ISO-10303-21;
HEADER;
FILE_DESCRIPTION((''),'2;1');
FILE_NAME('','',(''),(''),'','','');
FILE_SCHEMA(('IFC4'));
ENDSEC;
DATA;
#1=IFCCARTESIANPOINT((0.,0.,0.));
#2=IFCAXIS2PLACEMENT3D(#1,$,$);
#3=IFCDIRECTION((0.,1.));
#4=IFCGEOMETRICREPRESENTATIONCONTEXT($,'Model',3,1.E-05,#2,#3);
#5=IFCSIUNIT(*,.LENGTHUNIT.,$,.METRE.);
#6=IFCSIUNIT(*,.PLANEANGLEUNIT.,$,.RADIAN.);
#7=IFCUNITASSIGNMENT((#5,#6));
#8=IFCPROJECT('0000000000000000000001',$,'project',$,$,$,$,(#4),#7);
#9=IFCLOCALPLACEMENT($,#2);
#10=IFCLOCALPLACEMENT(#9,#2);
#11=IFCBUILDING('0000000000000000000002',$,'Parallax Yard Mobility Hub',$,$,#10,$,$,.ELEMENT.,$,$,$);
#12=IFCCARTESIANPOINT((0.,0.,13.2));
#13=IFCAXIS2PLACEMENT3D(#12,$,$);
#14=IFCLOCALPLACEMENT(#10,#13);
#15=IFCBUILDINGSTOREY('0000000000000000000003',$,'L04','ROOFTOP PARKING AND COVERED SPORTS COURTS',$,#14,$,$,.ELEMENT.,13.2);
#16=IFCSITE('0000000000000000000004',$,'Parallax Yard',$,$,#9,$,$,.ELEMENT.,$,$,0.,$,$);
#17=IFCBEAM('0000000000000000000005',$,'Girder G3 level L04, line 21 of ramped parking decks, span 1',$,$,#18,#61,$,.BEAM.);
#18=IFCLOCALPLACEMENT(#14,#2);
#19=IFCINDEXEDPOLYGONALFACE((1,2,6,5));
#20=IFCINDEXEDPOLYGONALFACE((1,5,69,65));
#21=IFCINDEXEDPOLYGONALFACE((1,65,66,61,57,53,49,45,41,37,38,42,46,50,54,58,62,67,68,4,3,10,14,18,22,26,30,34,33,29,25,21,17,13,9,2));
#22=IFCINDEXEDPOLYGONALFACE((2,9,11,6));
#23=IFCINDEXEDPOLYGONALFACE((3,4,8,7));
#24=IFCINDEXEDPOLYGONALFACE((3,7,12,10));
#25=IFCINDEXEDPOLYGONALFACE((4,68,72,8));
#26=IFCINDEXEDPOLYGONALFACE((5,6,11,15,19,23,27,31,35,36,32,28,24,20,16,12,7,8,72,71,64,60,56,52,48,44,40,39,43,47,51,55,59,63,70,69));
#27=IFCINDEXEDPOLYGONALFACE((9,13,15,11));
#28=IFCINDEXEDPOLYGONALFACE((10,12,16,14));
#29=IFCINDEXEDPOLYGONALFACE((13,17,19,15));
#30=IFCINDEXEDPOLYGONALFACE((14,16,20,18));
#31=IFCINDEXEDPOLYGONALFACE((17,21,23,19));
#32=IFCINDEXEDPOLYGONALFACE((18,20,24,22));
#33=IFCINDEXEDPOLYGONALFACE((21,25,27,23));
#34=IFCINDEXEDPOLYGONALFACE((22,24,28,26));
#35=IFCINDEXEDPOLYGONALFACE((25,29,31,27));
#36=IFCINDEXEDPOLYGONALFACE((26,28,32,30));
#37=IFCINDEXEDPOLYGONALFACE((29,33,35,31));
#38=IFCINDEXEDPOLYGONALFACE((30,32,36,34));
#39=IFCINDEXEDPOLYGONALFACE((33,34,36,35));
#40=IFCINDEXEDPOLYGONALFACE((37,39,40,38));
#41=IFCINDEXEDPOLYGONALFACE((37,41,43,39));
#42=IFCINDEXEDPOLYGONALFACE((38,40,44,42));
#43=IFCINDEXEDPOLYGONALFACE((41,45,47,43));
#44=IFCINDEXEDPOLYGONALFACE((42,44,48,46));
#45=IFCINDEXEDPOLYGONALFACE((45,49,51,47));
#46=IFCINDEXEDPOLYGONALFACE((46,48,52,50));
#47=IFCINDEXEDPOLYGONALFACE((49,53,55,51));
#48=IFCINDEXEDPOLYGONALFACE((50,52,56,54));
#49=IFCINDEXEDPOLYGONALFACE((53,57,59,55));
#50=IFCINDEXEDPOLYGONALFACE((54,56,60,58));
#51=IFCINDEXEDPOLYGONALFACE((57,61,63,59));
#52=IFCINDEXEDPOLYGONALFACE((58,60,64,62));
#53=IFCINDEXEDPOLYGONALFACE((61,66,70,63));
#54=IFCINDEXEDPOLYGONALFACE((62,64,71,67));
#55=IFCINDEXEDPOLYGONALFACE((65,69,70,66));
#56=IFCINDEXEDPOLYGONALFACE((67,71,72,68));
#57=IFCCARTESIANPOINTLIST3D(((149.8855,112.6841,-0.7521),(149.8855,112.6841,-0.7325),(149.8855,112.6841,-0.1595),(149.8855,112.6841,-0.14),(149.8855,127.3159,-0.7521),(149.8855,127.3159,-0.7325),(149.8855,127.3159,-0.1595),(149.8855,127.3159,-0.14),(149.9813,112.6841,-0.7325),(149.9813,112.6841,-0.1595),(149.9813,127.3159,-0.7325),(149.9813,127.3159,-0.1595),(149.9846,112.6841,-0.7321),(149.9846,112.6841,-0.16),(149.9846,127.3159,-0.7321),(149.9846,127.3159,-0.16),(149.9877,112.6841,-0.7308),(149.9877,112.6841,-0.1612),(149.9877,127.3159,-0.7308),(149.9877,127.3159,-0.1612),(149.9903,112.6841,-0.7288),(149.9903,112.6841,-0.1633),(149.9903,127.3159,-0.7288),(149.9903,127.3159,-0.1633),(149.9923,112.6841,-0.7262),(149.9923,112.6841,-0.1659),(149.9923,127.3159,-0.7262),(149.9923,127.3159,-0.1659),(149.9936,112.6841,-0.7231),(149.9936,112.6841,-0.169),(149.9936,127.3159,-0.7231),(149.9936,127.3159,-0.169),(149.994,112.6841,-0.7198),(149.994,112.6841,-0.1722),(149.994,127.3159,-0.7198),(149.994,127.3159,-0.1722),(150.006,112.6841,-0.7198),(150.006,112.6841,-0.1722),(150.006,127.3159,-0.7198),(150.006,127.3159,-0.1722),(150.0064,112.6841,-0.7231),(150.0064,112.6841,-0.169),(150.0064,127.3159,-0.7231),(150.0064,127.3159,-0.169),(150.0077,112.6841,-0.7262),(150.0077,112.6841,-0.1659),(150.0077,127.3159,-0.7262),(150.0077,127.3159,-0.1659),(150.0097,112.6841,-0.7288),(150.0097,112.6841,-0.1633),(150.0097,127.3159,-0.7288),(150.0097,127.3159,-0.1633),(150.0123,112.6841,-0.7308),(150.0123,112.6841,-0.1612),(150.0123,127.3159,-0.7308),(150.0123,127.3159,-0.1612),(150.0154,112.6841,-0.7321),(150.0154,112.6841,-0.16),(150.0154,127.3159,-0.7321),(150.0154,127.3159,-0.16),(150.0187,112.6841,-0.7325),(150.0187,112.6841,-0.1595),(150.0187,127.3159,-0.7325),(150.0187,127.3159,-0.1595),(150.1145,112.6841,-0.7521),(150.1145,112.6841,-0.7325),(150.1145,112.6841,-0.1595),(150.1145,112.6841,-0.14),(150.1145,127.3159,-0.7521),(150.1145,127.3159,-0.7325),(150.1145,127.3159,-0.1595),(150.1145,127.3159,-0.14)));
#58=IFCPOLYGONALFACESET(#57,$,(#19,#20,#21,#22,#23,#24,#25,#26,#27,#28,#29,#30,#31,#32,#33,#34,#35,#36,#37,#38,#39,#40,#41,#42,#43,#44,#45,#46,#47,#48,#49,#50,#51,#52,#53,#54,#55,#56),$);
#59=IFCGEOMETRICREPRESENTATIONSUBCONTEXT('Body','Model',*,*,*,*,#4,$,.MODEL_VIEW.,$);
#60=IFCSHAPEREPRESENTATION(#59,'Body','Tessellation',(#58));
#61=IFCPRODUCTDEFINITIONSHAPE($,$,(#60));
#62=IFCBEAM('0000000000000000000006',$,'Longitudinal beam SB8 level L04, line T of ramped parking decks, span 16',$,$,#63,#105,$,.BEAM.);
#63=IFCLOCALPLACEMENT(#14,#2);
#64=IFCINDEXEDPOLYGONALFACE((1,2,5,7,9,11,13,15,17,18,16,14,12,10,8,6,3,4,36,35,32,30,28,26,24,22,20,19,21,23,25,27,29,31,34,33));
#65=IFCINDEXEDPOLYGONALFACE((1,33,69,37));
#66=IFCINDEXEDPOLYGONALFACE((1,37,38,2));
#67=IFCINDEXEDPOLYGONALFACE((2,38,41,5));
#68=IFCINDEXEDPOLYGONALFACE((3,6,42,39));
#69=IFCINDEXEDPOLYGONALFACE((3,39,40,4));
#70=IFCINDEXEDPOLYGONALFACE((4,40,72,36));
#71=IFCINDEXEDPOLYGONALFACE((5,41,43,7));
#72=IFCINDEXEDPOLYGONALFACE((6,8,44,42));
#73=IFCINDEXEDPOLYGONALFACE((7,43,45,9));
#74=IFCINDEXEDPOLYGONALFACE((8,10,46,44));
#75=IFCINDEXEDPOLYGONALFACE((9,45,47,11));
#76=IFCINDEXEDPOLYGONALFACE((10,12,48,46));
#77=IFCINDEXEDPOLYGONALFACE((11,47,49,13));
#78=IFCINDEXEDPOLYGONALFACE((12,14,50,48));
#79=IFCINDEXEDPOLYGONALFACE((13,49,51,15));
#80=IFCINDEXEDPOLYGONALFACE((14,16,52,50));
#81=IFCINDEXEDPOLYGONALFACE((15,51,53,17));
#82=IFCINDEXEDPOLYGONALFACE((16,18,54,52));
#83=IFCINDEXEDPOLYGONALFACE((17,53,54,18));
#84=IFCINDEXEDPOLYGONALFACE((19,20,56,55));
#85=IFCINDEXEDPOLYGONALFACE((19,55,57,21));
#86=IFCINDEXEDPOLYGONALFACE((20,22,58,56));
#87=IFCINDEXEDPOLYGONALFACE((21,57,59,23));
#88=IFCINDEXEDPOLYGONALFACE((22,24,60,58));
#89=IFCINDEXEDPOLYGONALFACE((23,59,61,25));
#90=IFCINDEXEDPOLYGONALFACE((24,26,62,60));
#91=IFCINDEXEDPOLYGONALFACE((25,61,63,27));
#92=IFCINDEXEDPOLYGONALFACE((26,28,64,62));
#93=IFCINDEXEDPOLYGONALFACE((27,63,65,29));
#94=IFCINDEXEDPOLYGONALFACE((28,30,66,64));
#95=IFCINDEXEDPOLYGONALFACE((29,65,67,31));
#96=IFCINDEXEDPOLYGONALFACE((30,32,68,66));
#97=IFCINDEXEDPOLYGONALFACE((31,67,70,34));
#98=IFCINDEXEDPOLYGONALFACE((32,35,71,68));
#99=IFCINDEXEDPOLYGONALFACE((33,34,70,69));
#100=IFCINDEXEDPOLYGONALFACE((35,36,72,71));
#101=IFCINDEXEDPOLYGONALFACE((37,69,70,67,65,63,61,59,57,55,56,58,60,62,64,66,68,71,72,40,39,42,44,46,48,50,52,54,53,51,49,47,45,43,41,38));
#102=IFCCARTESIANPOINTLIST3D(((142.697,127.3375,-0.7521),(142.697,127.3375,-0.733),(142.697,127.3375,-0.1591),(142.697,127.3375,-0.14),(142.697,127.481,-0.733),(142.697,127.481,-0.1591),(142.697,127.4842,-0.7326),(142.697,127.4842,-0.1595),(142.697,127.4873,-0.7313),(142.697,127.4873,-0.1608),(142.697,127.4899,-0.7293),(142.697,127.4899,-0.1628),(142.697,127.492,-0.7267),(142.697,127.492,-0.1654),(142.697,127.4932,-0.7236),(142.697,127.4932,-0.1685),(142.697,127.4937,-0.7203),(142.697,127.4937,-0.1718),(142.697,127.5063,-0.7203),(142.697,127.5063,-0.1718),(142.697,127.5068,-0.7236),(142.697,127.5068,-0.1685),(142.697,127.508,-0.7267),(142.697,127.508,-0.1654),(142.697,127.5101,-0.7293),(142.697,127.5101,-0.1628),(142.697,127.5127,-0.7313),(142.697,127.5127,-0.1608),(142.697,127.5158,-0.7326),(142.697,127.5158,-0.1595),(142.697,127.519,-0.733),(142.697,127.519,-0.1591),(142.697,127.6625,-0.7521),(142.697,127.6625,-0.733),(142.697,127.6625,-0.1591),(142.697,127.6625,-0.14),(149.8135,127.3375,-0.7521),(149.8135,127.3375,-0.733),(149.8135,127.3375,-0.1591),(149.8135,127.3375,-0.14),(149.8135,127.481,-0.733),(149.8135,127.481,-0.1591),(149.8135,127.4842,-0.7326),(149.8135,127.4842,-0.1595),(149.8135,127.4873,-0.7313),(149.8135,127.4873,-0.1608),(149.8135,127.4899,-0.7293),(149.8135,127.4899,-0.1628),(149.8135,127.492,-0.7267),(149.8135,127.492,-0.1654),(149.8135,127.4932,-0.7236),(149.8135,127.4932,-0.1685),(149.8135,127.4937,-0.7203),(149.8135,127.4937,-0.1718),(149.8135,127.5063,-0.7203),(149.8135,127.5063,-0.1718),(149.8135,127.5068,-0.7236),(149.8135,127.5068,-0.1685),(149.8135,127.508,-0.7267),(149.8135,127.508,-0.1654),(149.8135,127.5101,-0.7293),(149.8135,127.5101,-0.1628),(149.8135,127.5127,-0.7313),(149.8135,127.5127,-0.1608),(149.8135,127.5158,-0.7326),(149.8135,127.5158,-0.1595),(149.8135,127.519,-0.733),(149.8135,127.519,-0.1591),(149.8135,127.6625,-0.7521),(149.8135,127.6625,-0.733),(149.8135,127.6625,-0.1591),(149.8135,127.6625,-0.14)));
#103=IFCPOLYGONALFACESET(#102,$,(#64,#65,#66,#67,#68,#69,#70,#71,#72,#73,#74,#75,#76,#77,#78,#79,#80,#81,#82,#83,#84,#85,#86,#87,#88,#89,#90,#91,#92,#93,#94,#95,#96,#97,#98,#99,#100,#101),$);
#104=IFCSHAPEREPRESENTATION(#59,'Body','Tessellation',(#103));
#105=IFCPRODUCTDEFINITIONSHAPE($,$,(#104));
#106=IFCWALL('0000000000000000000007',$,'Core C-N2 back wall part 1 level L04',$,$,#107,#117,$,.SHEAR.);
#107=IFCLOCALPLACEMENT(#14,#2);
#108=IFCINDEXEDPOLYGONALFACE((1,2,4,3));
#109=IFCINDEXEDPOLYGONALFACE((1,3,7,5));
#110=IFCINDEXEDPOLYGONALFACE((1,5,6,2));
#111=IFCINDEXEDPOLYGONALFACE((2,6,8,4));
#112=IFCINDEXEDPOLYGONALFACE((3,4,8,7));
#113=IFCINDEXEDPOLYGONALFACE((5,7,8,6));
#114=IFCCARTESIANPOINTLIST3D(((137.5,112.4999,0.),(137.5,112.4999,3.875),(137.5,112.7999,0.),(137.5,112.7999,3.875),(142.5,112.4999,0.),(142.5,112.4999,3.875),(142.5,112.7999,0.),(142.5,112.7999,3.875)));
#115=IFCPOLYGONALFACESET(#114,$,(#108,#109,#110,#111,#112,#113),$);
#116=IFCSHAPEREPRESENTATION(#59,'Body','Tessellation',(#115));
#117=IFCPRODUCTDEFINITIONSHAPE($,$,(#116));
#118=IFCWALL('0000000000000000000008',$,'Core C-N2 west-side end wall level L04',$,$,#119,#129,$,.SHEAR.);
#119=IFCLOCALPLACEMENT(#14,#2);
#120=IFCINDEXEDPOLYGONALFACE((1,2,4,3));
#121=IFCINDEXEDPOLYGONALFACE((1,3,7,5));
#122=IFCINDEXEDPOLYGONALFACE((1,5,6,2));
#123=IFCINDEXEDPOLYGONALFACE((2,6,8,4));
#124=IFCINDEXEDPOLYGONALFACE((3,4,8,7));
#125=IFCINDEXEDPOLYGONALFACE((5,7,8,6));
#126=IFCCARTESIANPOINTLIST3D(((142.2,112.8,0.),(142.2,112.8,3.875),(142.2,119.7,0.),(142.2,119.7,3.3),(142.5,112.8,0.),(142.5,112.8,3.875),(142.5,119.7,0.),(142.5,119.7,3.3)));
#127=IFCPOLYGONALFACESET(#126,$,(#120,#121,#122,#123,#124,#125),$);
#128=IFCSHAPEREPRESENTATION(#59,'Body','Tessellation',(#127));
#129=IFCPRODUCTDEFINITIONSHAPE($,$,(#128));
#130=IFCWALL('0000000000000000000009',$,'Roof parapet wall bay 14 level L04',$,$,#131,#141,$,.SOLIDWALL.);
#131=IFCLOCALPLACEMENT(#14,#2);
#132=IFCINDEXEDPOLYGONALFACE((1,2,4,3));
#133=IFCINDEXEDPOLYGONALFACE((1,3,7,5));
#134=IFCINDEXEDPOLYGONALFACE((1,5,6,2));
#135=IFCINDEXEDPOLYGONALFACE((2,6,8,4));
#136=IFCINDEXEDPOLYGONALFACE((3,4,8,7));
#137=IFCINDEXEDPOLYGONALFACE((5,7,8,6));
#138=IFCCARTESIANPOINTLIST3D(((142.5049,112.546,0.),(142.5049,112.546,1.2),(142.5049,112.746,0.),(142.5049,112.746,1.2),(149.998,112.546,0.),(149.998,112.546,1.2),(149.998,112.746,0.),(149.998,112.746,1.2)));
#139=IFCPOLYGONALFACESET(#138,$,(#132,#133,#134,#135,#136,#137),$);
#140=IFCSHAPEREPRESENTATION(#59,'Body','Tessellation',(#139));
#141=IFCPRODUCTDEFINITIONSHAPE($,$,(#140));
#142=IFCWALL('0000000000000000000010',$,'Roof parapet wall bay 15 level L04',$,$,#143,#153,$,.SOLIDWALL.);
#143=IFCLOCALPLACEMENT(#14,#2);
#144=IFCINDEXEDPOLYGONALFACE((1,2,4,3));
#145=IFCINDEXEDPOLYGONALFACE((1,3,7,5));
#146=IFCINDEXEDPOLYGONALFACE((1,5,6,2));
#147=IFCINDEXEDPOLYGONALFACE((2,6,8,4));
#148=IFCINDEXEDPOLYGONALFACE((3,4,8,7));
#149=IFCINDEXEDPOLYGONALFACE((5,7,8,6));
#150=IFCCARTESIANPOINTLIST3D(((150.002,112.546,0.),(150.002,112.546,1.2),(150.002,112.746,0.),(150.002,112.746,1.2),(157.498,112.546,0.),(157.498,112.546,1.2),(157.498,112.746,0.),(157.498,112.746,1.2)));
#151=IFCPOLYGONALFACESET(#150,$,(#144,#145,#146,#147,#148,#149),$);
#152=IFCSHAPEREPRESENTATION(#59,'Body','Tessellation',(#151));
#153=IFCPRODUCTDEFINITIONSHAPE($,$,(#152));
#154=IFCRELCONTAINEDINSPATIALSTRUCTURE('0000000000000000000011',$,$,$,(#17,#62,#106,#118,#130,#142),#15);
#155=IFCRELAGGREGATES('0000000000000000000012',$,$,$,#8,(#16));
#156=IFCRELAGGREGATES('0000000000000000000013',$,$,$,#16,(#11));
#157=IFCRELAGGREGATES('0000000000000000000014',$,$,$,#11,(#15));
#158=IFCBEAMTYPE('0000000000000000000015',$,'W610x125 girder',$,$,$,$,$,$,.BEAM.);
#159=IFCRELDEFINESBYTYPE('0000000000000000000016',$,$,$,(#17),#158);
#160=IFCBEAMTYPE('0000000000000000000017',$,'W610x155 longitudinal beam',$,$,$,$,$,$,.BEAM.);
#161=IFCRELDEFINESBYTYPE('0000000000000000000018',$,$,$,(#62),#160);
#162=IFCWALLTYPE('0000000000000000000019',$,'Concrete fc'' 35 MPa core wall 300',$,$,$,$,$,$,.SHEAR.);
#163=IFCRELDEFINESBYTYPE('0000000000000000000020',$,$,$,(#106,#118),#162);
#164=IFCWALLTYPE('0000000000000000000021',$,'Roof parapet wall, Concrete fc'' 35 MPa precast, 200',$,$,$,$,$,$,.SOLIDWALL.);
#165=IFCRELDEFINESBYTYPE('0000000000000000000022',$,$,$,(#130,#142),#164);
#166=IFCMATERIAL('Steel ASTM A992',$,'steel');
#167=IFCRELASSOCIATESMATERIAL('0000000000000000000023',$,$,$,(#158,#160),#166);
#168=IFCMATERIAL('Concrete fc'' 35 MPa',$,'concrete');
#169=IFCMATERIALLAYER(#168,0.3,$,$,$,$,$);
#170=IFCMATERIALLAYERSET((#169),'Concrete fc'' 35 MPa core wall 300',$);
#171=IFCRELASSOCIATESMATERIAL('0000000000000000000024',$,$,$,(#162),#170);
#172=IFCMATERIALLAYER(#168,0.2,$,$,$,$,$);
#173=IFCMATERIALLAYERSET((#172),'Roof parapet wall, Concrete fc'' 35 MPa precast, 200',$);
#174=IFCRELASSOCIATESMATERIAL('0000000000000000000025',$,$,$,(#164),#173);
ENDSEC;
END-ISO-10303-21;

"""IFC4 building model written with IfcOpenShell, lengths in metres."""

from ifc_helpers import new_model, si_unit, direction, frame, frame_2d, origin, origin_2d, place, context, subcontext, project, spatial, polyline, rectangle, i_section, outline, extrude, material, layer, layer_set, material_profile, profile_set, type_object, element, save


model = new_model("IFC4")

# Units and contexts
model_context = context("Model", 3, precision=1e-05, world=origin(), true_north=direction((0.0, 1.0)))
body_context = subcontext(model_context, "Body", "Model", "MODEL_VIEW")
ifc_project = project(units=[si_unit("LENGTHUNIT", "METRE"), si_unit("PLANEANGLEUNIT", "RADIAN")], contexts=[model_context])

# Site, building, storey
site_placement = place(None, origin())
site = spatial("IfcSite", under=ifc_project, at=site_placement, Name="Parallax Yard", CompositionType="ELEMENT", RefElevation=0.0)
building_placement = place(site_placement, origin())
building = spatial("IfcBuilding", under=site, at=building_placement, Name="Parallax Yard Mobility Hub", CompositionType="ELEMENT")
storey_placement = place(building_placement, frame((0.0, 0.0, 13.2)))
storey = spatial("IfcBuildingStorey", under=building, at=storey_placement, Name="L04", Description="ROOFTOP PARKING AND COVERED SPORTS COURTS", CompositionType="ELEMENT", Elevation=13.2)

# Shared definitions
ifc_material_1 = material(Name="Steel ASTM A992", Category="steel")

# Beams
ifc_material_profile_1 = material_profile(ifc_material_1, i_section(OverallWidth=0.229, OverallDepth=0.6121, WebThickness=0.012, FlangeThickness=0.0195, FilletRadius=0.0127, at=origin_2d()), Name="W610x125")
ifc_profile_set_1 = profile_set([ifc_material_profile_1], Name="Steel ASTM A992")
beam_type_1 = type_object("IfcBeamType", Name="W610x125 girder", PredefinedType="BEAM", material=ifc_profile_set_1)
beam_1_placement = place(storey_placement, frame((150.0, 112.6841, -0.446), z_axis=(0.0, 1.0, 0.0), x_axis=(-1.0, 0.0, 0.0)))
element("IfcBeam", 1, at=beam_1_placement, inside=storey, type_object=beam_type_1, Name="Girder G3 level L04, line 21 of ramped parking decks, span 1", PredefinedType="BEAM", context=body_context, shape_type="SweptSolid", body=[
    extrude(i_section(OverallWidth=0.229, OverallDepth=0.6121, WebThickness=0.012, FlangeThickness=0.0195, FilletRadius=0.0127, at=origin_2d()), origin(), (0.0, 0.0, 1.0), 14.6318),
])
ifc_material_profile_2 = material_profile(ifc_material_1, i_section(OverallWidth=0.325, OverallDepth=0.6121, WebThickness=0.0127, FlangeThickness=0.019, FilletRadius=0.0127, at=origin_2d()), Name="W610x155")
ifc_profile_set_2 = profile_set([ifc_material_profile_2], Name="Steel ASTM A992")
beam_type_2 = type_object("IfcBeamType", Name="W610x155 longitudinal beam", PredefinedType="BEAM", material=ifc_profile_set_2)
beam_2_placement = place(storey_placement, frame((142.697, 127.5, -0.446), z_axis=(1.0, 0.0, 0.0), x_axis=(0.0, 1.0, 0.0)))
element("IfcBeam", 2, at=beam_2_placement, inside=storey, type_object=beam_type_2, Name="Longitudinal beam SB8 level L04, line T of ramped parking decks, span 16", PredefinedType="BEAM", context=body_context, shape_type="SweptSolid", body=[
    extrude(i_section(OverallWidth=0.325, OverallDepth=0.6121, WebThickness=0.0127, FlangeThickness=0.019, FilletRadius=0.0127, at=origin_2d()), origin(), (0.0, 0.0, 1.0), 7.1165),
])

# Walls
ifc_material_2 = material(Name="Concrete fc' 35 MPa", Category="concrete")
ifc_layer_1 = layer(ifc_material_2, 0.3)
ifc_layer_set_1 = layer_set([ifc_layer_1], Name="Concrete fc' 35 MPa core wall 300")
wall_type_1 = type_object("IfcWallType", Name="Concrete fc' 35 MPa core wall 300", PredefinedType="SHEAR", material=ifc_layer_set_1)
wall_1_placement = place(storey_placement, frame((142.5, 112.6499, 0.0), z_axis=(0.0, 0.0, 1.0), x_axis=(-1.0, 0.0, 0.0)))
element("IfcWall", 3, at=wall_1_placement, inside=storey, type_object=wall_type_1, Name="Core C-N2 back wall part 1 level L04", PredefinedType="SHEAR", context=body_context, shape_type="SweptSolid", body=[
    extrude(rectangle(XDim=5.0, YDim=0.3, at=frame_2d((2.5, 0.0))), origin(), (0.0, 0.0, 1.0), 3.875),
])
wall_2_placement = place(storey_placement, frame((142.3501, 119.7, 0.0), z_axis=(0.0, 0.0, 1.0), x_axis=(0.0, -1.0, 0.0)))
element("IfcWall", 4, at=wall_2_placement, inside=storey, type_object=wall_type_1, Name="Core C-N2 west-side end wall level L04", PredefinedType="SHEAR", context=body_context, shape_type="SweptSolid", body=[
    extrude(outline(polyline([(0.0, 0.0), (6.8999, 0.0), (6.8999, 3.875), (0.0, 3.3), (0.0, 0.0)])), frame((0.0, 0.1499, 0.0), z_axis=(0.0, -1.0, 0.0), x_axis=(1.0, 0.0, 0.0)), (0.0, 0.0, 1.0), 0.3),
])
ifc_layer_2 = layer(ifc_material_2, 0.2)
ifc_layer_set_2 = layer_set([ifc_layer_2], Name="Roof parapet wall, Concrete fc' 35 MPa precast, 200")
wall_type_2 = type_object("IfcWallType", Name="Roof parapet wall, Concrete fc' 35 MPa precast, 200", PredefinedType="SOLIDWALL", material=ifc_layer_set_2)
wall_3_placement = place(storey_placement, frame((142.5049, 112.646, 0.0), z_axis=(0.0, 0.0, 1.0), x_axis=(1.0, 0.0, 0.0)))
element("IfcWall", 5, at=wall_3_placement, inside=storey, type_object=wall_type_2, Name="Roof parapet wall bay 14 level L04", PredefinedType="SOLIDWALL", context=body_context, shape_type="SweptSolid", body=[
    extrude(rectangle(XDim=7.4932, YDim=0.2, at=frame_2d((3.7466, 0.0))), origin(), (0.0, 0.0, 1.0), 1.2),
])
wall_4_placement = place(storey_placement, frame((150.002, 112.646, 0.0), z_axis=(0.0, 0.0, 1.0), x_axis=(1.0, 0.0, 0.0)))
element("IfcWall", 6, at=wall_4_placement, inside=storey, type_object=wall_type_2, Name="Roof parapet wall bay 15 level L04", PredefinedType="SOLIDWALL", context=body_context, shape_type="SweptSolid", body=[
    extrude(rectangle(XDim=7.4961, YDim=0.2, at=frame_2d((3.748, 0.0))), origin(), (0.0, 0.0, 1.0), 1.2),
])

save(model, "model.ifc")
